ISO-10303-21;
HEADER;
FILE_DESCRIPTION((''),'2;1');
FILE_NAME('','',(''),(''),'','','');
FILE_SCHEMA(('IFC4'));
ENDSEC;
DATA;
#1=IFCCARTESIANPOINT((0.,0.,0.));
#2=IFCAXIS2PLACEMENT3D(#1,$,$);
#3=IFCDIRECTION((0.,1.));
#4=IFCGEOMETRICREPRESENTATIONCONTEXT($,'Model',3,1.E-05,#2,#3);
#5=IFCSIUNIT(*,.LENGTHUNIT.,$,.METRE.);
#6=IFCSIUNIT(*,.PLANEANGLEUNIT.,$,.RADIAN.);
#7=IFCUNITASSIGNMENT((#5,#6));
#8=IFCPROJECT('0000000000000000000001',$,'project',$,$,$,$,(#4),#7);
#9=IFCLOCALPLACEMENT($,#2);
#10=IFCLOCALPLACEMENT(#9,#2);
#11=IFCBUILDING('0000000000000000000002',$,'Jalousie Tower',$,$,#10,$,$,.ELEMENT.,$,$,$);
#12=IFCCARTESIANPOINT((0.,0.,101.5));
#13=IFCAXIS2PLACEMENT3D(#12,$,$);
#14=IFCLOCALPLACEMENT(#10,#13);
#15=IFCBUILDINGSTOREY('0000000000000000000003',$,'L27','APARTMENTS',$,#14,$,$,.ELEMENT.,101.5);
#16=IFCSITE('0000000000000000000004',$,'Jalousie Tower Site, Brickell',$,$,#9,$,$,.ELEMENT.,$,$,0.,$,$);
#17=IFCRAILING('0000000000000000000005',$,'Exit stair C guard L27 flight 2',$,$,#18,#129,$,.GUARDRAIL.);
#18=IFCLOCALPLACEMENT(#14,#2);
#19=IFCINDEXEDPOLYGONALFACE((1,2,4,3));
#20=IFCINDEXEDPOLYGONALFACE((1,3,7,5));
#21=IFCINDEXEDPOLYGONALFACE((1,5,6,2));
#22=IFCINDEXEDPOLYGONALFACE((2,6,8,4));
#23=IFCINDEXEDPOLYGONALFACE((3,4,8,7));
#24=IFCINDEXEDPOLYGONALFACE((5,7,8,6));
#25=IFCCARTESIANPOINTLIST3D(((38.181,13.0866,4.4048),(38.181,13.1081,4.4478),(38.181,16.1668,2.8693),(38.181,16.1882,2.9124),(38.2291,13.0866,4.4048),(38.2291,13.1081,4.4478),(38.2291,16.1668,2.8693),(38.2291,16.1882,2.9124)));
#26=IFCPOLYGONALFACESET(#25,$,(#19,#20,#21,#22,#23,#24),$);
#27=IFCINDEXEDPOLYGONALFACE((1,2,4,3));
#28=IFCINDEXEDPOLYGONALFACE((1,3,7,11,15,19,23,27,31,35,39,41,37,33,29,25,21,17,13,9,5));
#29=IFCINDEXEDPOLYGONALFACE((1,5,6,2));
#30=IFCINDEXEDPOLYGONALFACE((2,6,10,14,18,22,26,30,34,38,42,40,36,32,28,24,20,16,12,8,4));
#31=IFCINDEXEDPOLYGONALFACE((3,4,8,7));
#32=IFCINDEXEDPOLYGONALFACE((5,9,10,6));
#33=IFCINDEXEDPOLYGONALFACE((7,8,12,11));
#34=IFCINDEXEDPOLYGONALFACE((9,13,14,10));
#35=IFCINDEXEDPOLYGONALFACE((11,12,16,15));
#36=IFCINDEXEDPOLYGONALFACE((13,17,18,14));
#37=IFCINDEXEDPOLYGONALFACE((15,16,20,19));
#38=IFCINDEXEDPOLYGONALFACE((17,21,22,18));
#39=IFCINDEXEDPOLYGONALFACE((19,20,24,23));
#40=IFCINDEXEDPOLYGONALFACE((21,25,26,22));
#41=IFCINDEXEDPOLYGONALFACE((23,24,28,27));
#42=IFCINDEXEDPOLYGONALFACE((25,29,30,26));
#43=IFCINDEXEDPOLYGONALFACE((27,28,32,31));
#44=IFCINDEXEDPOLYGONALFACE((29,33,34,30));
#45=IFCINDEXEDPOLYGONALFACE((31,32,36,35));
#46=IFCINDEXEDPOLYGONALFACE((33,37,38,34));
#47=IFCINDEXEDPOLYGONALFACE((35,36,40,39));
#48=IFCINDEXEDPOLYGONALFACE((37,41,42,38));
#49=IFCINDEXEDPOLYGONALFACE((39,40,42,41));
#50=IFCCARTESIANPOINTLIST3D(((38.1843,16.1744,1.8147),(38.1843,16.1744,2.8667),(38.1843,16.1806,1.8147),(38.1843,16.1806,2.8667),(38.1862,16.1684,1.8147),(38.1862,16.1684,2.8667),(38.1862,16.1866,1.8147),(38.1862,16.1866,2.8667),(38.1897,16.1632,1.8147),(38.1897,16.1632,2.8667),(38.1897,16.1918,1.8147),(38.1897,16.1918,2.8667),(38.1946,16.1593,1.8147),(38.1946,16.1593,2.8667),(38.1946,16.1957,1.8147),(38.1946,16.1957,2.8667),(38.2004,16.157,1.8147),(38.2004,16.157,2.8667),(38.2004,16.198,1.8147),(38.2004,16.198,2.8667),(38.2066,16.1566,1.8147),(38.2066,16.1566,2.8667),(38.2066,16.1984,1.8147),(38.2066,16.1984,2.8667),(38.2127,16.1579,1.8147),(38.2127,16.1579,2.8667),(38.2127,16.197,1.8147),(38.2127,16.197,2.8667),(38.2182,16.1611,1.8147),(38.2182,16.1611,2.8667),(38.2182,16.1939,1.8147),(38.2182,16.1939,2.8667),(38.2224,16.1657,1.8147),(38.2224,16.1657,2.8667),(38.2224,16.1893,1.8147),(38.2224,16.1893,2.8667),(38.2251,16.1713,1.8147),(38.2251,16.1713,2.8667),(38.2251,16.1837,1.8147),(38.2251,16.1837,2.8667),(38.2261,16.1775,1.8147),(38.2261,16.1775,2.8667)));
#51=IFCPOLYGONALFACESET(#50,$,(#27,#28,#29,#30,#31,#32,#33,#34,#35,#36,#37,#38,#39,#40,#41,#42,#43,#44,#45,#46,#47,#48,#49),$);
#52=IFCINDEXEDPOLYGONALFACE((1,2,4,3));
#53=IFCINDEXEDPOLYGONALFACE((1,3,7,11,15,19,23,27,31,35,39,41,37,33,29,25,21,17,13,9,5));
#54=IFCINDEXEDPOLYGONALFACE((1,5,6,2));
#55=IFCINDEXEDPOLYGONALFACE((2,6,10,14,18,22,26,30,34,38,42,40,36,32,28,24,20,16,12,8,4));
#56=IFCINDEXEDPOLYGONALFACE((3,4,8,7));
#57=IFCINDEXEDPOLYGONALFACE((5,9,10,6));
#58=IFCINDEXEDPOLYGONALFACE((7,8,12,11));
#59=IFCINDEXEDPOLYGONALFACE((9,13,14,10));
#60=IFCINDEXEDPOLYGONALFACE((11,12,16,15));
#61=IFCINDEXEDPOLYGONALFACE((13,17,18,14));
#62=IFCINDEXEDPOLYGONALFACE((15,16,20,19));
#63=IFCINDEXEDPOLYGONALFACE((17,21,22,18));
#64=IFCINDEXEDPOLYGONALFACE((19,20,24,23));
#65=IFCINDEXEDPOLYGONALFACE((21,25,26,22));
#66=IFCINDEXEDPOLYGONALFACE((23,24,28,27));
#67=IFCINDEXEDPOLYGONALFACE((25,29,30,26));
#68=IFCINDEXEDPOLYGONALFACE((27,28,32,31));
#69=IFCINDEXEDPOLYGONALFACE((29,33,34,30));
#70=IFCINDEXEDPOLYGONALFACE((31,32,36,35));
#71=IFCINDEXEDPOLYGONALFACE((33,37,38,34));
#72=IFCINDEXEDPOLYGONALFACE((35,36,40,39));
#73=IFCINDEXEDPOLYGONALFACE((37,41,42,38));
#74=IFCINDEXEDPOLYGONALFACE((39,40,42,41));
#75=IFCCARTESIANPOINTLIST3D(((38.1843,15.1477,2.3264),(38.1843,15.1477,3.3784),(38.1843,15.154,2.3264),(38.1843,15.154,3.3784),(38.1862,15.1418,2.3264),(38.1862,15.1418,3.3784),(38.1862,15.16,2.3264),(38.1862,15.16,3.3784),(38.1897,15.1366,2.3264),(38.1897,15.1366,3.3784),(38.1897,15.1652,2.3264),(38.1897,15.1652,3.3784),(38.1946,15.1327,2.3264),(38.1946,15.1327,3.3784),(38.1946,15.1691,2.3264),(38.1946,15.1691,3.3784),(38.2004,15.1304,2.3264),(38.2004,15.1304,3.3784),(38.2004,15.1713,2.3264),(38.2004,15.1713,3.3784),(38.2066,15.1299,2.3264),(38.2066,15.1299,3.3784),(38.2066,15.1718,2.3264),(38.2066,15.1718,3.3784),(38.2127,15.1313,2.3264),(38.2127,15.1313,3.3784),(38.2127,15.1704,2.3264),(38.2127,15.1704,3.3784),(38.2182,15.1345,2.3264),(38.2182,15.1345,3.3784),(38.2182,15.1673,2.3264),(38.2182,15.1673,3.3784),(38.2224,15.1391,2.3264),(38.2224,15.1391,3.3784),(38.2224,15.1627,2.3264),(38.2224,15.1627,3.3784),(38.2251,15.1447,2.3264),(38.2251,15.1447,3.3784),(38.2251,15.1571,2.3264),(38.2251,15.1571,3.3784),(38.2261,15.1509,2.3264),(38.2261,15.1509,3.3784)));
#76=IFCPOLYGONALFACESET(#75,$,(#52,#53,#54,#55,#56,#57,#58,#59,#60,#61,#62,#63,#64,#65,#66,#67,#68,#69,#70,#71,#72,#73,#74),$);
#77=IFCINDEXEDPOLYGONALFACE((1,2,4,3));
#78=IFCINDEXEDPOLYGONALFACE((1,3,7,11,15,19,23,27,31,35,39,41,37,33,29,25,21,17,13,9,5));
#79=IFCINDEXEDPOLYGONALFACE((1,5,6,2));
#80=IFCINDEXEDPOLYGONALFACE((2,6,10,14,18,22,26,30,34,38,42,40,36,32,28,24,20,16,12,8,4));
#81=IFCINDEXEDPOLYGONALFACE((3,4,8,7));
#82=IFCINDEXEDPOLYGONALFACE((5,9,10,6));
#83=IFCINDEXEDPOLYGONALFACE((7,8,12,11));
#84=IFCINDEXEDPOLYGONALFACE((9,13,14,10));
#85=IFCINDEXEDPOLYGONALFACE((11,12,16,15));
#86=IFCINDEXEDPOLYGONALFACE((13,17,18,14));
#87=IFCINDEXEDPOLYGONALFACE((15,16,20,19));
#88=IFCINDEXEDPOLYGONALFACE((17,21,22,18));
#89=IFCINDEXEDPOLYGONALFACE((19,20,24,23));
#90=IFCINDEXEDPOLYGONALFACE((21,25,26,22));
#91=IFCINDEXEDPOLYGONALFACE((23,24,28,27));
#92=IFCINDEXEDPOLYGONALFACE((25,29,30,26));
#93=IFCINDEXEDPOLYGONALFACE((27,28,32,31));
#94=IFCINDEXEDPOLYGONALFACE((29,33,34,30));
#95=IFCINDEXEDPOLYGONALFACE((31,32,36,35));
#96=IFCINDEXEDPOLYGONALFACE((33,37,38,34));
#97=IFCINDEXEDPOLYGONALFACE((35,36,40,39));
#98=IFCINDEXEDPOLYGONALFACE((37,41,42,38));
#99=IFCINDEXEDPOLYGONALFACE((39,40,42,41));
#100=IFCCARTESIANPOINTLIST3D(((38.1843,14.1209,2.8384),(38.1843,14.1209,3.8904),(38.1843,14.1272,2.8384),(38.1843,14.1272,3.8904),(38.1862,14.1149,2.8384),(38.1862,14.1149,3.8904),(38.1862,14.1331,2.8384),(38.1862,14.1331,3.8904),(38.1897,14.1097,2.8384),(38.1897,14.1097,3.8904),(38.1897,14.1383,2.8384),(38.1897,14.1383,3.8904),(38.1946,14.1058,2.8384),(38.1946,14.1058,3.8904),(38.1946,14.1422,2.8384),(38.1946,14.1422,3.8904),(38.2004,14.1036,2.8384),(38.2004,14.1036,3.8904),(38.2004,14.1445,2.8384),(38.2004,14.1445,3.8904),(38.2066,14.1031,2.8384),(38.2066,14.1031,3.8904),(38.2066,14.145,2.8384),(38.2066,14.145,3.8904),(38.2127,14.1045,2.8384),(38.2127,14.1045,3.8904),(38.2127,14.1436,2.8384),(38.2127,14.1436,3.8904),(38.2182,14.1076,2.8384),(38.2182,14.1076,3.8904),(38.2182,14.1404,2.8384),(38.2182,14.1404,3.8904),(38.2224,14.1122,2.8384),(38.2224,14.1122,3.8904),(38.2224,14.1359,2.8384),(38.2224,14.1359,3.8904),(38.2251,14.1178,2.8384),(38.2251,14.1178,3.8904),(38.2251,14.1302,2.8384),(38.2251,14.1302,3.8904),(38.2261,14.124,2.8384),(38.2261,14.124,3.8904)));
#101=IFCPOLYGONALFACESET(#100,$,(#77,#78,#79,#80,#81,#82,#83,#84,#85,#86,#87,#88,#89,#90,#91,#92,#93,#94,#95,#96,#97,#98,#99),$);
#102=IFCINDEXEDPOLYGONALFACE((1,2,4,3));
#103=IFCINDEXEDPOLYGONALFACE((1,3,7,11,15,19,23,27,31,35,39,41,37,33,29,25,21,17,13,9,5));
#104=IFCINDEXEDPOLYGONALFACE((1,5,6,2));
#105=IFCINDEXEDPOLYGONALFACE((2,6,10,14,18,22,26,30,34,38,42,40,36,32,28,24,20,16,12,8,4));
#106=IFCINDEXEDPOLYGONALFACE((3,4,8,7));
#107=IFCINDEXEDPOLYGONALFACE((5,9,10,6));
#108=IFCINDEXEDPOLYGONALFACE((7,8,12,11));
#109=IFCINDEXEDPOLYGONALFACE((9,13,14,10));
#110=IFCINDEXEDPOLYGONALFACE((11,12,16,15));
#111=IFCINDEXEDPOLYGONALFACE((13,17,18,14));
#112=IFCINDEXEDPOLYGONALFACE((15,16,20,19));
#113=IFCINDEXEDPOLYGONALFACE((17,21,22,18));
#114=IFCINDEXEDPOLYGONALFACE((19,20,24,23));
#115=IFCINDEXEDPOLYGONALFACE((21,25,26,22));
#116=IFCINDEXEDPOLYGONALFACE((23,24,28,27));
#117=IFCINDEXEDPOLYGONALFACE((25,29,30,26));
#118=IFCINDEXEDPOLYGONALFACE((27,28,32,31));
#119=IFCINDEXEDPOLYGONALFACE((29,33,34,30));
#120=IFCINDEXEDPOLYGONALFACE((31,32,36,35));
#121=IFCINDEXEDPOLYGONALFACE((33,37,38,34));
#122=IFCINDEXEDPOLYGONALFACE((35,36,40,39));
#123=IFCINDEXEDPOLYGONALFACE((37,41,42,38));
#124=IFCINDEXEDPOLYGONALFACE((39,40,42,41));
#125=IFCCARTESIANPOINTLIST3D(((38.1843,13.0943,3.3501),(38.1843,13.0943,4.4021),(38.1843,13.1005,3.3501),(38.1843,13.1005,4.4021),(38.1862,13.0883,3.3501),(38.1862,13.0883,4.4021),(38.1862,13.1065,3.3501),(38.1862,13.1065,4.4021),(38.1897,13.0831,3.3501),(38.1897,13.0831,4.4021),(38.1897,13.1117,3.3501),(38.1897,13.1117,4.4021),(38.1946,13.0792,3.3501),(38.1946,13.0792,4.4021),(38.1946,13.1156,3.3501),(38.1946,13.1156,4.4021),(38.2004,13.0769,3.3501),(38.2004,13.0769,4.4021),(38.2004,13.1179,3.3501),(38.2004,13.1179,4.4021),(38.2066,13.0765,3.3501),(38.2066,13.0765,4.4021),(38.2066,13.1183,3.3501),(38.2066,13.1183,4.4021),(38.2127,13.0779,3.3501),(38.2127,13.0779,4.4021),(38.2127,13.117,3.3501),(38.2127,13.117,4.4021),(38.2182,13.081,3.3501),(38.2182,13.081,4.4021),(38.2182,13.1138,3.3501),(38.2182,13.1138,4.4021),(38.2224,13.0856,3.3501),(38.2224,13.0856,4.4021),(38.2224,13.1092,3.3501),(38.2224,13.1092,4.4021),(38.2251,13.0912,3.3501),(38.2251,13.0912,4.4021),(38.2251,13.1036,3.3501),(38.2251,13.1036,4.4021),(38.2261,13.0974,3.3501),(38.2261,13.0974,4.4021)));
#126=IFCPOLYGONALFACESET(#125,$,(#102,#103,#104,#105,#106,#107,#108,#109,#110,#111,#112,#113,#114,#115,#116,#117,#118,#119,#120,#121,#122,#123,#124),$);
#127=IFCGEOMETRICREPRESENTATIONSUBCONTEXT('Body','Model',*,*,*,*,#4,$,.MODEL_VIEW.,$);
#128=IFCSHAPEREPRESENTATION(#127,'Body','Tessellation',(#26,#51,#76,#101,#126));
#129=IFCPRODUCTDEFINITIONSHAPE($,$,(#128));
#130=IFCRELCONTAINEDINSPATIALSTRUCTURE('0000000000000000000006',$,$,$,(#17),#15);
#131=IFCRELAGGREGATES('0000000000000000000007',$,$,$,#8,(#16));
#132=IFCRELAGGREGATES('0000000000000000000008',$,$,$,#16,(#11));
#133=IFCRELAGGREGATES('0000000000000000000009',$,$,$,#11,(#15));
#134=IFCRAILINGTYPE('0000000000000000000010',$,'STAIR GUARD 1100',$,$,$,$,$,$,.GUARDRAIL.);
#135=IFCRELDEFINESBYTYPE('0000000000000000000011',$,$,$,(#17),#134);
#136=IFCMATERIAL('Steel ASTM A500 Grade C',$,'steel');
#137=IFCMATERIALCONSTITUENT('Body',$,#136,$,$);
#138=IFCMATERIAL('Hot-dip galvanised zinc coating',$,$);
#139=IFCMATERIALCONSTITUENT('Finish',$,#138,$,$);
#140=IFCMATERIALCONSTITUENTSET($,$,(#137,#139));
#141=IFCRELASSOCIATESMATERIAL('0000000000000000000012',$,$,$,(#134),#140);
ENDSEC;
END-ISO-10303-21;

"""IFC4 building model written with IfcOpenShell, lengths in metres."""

from ifc_helpers import new_model, si_unit, direction, frame, origin, origin_2d, place, context, subcontext, project, spatial, rectangle, circle, extrude, material, constituent, constituent_set, type_object, element, save


model = new_model("IFC4")

# Units and contexts
model_context = context("Model", 3, precision=1e-05, world=origin(), true_north=direction((0.0, 1.0)))
body_context = subcontext(model_context, "Body", "Model", "MODEL_VIEW")
ifc_project = project(units=[si_unit("LENGTHUNIT", "METRE"), si_unit("PLANEANGLEUNIT", "RADIAN")], contexts=[model_context])

# Site, building, storey
site_placement = place(None, origin())
site = spatial("IfcSite", under=ifc_project, at=site_placement, Name="Jalousie Tower Site, Brickell", CompositionType="ELEMENT", RefElevation=0.0)
building_placement = place(site_placement, origin())
building = spatial("IfcBuilding", under=site, at=building_placement, Name="Jalousie Tower", CompositionType="ELEMENT")
storey_placement = place(building_placement, frame((0.0, 0.0, 101.5)))
storey = spatial("IfcBuildingStorey", under=building, at=storey_placement, Name="L27", Description="APARTMENTS", CompositionType="ELEMENT", Elevation=101.5)

# Railing
ifc_material_1 = material(Name="Steel ASTM A500 Grade C", Category="steel")
ifc_constituent_1 = constituent(ifc_material_1, Name="Body")
ifc_material_2 = material(Name="Hot-dip galvanised zinc coating")
ifc_constituent_2 = constituent(ifc_material_2, Name="Finish")
ifc_constituent_set_1 = constituent_set(constituents=[ifc_constituent_1, ifc_constituent_2])
railing_type_1 = type_object("IfcRailingType", Name="STAIR GUARD 1100", PredefinedType="GUARDRAIL", material=ifc_constituent_set_1)
railing_1_placement = place(storey_placement, frame((38.2051, 16.1775, 1.8147)))
element("IfcRailing", 1, at=railing_1_placement, inside=storey, type_object=railing_type_1, Name="Exit stair C guard L27 flight 2", PredefinedType="GUARDRAIL", context=body_context, shape_type="SweptSolid", body=[
    extrude(rectangle(XDim=0.0481, YDim=0.0481, at=origin_2d()), frame((0.0, 0.0, 1.0762), z_axis=(0.0, -0.894966, 0.446135), x_axis=(1.0, 0.0, 0.0)), (0.0, 0.0, 1.0), 3.4417),
    extrude(circle(Radius=0.021, at=origin_2d()), origin(), (0.0, 0.0, 1.0), 1.052),
    extrude(circle(Radius=0.021, at=origin_2d()), frame((0.0, -1.0266, 0.5117)), (0.0, 0.0, 1.0), 1.052),
    extrude(circle(Radius=0.021, at=origin_2d()), frame((0.0, -2.0535, 1.0237)), (0.0, 0.0, 1.0), 1.052),
    extrude(circle(Radius=0.021, at=origin_2d()), frame((0.0, -3.0801, 1.5354)), (0.0, 0.0, 1.0), 1.052),
])

save(model, "model.ifc")
